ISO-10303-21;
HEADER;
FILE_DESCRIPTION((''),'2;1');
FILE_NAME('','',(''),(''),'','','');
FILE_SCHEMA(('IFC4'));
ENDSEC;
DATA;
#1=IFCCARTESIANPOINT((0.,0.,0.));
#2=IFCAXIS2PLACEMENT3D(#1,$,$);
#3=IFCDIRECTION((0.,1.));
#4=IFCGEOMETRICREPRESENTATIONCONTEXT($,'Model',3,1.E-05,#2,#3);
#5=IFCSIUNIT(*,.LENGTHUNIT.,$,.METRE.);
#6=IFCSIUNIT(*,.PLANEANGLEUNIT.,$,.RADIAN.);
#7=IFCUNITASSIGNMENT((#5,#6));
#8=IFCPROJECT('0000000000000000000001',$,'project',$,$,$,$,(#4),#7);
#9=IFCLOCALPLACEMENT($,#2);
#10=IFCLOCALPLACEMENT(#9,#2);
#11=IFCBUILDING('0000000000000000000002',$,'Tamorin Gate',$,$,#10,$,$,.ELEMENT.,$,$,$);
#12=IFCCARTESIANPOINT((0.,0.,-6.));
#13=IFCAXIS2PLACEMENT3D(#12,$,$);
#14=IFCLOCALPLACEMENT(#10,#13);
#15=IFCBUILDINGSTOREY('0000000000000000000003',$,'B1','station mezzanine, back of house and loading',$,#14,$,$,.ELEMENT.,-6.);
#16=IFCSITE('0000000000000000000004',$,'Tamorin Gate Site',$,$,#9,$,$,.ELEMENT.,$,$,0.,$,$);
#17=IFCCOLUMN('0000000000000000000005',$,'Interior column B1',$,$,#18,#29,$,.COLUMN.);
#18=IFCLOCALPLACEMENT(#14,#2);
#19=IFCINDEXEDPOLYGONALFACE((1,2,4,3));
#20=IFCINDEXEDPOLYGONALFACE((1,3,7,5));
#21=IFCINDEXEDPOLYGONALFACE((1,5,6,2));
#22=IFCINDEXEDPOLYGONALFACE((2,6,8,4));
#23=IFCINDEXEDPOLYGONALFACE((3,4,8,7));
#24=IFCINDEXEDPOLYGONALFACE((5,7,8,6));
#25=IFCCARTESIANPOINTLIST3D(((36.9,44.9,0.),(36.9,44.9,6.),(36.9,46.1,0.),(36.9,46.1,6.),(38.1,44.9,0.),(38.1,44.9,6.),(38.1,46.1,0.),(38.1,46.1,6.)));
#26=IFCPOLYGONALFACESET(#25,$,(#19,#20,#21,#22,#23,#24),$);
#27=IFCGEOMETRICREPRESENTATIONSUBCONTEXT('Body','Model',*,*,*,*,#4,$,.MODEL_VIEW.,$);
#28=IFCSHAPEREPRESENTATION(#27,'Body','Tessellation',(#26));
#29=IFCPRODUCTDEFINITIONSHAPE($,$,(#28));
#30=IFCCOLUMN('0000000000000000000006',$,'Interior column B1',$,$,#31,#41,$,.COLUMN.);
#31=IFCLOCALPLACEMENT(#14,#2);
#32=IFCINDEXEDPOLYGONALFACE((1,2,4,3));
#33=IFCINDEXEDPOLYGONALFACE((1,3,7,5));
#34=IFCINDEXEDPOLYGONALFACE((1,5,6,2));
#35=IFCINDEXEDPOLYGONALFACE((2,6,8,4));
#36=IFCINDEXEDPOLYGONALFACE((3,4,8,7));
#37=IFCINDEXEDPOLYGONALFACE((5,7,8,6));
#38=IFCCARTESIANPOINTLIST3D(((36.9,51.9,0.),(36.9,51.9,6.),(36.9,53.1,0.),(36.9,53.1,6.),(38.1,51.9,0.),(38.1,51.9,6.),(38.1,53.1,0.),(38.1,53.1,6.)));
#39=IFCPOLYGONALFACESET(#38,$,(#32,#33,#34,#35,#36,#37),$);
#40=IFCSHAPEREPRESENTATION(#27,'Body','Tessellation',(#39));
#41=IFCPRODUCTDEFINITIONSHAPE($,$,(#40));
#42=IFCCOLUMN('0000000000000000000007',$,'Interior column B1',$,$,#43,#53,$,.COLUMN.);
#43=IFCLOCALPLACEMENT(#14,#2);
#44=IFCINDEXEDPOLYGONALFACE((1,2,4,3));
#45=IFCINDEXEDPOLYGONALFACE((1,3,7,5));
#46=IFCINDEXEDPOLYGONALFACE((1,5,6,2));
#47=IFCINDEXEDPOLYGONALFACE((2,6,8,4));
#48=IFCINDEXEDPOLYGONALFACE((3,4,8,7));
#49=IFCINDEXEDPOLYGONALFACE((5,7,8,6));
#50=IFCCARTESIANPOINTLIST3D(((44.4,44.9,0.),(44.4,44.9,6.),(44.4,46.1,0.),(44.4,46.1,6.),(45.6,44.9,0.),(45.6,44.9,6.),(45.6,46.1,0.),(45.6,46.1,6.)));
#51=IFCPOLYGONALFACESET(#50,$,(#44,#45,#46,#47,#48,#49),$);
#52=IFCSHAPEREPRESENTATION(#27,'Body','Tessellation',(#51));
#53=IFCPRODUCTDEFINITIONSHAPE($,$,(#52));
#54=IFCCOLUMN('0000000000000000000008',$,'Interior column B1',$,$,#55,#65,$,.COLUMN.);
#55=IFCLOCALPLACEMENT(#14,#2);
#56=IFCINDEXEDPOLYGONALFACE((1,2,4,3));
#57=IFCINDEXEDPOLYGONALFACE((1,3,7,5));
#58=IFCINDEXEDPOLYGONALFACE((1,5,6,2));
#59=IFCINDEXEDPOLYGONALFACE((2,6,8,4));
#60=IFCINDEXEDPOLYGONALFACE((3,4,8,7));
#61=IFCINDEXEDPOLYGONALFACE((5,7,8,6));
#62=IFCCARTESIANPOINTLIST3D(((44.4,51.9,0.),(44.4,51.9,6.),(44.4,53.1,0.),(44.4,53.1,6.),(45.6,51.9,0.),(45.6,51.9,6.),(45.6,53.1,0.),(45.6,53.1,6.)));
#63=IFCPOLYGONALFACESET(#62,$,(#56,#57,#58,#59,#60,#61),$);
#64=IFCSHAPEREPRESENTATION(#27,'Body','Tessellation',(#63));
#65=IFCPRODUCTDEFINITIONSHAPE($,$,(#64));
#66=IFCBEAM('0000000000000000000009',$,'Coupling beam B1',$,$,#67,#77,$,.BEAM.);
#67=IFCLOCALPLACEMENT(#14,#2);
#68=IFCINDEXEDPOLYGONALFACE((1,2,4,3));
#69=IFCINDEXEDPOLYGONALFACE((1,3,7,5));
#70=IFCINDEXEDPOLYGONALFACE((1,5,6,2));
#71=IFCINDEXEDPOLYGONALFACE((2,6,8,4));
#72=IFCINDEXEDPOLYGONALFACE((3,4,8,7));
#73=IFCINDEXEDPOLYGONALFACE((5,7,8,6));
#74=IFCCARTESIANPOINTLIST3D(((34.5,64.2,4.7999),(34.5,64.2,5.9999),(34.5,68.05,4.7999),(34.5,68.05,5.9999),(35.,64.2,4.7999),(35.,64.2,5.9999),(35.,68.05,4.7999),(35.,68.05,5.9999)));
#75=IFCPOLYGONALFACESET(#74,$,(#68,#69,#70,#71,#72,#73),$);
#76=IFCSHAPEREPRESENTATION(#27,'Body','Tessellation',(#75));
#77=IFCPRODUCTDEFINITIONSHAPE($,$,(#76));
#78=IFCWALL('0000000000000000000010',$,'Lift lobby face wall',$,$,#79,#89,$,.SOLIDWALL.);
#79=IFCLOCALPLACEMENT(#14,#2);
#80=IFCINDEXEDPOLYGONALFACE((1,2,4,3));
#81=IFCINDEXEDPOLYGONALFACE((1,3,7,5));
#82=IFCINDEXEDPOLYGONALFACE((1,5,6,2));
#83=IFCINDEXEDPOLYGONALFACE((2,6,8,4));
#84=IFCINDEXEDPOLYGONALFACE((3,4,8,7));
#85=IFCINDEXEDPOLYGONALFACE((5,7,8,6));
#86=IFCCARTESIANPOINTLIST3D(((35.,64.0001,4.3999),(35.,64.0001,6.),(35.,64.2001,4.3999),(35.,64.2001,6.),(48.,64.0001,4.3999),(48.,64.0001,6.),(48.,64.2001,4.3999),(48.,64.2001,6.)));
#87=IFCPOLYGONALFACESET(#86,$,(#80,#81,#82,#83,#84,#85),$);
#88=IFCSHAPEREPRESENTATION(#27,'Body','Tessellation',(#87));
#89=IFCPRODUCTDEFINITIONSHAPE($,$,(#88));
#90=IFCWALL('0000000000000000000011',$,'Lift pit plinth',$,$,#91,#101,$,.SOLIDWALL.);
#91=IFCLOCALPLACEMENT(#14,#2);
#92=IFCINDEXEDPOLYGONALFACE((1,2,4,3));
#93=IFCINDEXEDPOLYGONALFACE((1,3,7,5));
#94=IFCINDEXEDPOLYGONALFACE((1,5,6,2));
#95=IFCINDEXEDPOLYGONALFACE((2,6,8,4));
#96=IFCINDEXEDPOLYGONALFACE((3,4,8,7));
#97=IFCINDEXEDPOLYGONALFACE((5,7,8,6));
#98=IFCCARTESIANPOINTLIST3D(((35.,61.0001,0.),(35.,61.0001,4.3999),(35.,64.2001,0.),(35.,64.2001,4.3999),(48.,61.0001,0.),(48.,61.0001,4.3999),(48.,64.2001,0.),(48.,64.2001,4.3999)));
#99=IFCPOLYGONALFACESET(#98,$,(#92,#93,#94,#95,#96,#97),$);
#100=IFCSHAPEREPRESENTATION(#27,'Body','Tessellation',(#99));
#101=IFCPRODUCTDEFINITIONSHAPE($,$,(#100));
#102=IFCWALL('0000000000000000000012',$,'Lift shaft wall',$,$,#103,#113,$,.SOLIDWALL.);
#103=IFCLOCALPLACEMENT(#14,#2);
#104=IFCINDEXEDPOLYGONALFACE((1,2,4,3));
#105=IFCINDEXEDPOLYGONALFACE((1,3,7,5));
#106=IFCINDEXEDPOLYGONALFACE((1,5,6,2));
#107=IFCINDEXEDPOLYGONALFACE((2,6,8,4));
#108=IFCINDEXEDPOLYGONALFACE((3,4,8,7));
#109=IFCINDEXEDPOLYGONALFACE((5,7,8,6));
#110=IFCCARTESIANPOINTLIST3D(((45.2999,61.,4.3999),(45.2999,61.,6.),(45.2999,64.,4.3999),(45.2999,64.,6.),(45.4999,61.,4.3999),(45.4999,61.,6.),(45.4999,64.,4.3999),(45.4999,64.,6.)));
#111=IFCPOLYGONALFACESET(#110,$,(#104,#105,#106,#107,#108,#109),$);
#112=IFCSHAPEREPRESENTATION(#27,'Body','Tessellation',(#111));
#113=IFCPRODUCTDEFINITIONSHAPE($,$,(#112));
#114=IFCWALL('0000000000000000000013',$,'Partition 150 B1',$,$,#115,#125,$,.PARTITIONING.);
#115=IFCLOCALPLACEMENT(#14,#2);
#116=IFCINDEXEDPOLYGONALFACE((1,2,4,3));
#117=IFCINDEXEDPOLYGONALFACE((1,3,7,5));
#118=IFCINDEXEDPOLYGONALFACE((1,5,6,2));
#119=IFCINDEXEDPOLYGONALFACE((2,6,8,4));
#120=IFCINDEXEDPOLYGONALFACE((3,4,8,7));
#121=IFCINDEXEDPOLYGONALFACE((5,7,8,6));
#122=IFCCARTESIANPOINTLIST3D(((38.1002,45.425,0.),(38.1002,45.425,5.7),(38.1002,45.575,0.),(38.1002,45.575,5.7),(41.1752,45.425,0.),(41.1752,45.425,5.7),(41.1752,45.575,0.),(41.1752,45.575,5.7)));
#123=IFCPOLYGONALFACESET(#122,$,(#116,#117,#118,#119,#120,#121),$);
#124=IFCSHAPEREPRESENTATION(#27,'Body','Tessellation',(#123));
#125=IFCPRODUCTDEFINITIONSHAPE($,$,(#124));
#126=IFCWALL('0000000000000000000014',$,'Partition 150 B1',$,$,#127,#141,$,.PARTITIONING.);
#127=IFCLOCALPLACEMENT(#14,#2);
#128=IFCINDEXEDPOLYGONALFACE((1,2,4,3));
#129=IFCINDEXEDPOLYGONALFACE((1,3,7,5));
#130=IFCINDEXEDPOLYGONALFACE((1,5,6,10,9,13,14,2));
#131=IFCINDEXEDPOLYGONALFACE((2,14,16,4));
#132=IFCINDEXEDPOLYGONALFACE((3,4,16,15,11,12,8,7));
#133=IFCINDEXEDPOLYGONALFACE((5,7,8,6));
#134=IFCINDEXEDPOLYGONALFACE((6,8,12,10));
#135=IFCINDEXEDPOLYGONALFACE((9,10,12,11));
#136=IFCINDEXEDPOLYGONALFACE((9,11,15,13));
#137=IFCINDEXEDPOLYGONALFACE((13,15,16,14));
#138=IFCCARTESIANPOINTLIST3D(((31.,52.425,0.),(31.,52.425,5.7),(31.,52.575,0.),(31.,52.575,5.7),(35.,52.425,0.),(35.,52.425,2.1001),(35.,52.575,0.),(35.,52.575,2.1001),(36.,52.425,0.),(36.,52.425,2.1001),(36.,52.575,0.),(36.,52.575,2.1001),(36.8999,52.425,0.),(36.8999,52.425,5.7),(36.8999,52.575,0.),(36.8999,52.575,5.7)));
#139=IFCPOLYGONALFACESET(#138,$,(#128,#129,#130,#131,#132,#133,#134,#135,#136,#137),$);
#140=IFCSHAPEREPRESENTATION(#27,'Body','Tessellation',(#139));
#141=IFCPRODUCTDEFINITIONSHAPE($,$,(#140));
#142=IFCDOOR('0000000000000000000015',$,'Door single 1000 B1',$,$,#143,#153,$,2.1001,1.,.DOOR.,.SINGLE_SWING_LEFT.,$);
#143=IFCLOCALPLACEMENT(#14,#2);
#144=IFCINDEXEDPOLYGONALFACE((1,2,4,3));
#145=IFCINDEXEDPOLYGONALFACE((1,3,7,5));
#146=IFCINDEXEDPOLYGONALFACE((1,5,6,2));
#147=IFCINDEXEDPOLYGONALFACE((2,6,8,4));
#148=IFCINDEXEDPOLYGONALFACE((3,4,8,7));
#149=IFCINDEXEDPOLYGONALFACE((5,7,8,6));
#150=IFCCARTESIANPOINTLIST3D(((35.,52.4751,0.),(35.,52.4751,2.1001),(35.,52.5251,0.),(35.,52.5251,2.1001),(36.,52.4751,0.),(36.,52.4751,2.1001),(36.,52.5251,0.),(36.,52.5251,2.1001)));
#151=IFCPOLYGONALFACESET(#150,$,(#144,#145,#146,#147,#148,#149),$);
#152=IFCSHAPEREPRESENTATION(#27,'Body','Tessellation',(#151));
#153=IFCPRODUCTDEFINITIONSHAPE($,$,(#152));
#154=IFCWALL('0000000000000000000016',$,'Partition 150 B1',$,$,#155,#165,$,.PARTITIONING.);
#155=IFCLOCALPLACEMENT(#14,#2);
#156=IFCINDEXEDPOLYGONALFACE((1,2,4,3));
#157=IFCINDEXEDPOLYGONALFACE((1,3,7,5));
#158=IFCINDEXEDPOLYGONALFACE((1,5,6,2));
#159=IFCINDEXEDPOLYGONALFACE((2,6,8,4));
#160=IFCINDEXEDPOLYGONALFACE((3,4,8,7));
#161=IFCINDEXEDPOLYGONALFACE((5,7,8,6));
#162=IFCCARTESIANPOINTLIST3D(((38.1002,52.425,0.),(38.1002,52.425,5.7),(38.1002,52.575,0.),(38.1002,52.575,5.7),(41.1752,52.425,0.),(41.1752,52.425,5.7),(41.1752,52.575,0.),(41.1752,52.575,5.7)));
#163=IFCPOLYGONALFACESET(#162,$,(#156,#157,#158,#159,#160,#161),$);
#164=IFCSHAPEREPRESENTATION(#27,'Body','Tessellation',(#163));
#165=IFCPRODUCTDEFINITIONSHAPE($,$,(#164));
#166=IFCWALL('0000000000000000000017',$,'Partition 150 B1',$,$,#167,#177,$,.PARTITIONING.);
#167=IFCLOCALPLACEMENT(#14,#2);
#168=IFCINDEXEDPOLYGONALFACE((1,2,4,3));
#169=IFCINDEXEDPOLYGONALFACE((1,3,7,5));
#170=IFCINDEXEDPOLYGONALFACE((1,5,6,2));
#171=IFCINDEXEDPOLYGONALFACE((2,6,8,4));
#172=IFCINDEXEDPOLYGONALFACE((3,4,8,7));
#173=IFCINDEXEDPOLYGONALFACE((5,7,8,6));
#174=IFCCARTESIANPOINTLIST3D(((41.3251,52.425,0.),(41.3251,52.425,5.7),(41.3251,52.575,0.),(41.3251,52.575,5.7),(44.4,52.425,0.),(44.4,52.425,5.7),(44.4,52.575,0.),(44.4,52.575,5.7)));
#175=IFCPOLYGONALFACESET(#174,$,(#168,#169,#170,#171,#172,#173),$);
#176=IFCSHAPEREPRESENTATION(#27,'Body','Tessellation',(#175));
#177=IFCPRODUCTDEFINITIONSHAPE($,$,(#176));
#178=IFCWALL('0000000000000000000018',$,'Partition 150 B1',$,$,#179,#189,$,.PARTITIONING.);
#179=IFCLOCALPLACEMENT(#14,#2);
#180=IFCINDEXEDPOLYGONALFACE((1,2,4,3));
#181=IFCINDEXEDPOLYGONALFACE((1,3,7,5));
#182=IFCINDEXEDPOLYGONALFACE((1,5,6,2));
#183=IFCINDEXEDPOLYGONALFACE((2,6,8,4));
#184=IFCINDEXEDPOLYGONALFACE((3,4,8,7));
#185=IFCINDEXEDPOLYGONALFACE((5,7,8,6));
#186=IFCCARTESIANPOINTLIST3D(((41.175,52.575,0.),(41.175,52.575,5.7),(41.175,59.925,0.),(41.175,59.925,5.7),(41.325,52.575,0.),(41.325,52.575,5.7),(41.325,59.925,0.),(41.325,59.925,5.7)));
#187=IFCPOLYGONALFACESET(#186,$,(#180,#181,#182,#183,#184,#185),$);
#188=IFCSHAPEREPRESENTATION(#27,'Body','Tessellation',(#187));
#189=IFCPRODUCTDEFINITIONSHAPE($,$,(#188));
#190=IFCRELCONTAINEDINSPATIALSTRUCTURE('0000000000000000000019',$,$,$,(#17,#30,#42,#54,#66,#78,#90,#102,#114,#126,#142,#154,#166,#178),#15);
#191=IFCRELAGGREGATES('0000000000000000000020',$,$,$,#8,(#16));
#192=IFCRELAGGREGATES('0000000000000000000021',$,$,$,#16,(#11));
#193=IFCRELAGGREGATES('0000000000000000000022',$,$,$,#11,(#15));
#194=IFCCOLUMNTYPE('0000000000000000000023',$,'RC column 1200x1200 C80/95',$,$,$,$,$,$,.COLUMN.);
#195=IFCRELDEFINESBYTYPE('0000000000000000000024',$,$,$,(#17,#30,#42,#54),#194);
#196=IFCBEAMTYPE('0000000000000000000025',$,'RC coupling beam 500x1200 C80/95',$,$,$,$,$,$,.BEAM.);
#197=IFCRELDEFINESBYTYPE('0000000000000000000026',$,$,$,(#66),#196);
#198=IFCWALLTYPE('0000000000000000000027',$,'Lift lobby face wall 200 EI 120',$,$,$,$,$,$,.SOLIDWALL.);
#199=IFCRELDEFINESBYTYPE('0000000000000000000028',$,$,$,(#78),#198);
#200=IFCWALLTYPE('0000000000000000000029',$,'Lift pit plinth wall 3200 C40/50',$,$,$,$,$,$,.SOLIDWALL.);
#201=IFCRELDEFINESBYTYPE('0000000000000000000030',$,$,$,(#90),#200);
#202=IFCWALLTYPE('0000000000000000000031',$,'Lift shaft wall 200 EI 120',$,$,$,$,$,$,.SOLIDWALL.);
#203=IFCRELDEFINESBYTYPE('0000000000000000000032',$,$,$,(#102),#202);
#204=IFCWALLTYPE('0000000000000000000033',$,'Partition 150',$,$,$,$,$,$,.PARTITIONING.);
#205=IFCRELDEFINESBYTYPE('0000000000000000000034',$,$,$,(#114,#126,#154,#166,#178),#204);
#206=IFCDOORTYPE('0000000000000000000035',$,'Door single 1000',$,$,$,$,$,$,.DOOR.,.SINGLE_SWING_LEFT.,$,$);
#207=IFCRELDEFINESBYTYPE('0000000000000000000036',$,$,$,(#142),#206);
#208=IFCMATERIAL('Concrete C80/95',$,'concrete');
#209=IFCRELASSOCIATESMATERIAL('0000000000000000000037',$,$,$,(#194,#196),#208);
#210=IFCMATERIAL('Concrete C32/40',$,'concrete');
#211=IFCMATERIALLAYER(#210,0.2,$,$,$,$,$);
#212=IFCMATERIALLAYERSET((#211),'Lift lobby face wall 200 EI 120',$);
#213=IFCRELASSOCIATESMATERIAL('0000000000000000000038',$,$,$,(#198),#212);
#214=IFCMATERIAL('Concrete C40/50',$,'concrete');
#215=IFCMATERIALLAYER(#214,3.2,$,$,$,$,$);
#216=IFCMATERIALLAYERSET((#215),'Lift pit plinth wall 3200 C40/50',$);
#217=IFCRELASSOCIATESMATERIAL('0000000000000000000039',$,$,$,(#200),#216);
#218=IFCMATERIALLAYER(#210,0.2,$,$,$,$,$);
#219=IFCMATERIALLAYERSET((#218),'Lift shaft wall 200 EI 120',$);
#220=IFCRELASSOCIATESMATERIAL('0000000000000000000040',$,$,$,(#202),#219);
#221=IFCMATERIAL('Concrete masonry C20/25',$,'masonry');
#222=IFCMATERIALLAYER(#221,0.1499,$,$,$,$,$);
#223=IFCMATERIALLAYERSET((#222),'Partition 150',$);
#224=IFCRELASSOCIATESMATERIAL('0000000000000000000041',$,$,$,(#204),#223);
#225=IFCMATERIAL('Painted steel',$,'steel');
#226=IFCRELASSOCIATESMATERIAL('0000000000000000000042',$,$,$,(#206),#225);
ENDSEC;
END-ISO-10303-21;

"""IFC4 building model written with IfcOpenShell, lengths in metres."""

from ifc_helpers import new_model, si_unit, direction, frame, frame_2d, origin, origin_2d, place, context, subcontext, project, spatial, rectangle, extrude, material, layer, layer_set, material_profile, profile_set, type_object, element, fill, save


model = new_model("IFC4")

# Units and contexts
model_context = context("Model", 3, precision=1e-05, world=origin(), true_north=direction((0.0, 1.0)))
body_context = subcontext(model_context, "Body", "Model", "MODEL_VIEW")
ifc_project = project(units=[si_unit("LENGTHUNIT", "METRE"), si_unit("PLANEANGLEUNIT", "RADIAN")], contexts=[model_context])

# Site, building, storey
site_placement = place(None, origin())
site = spatial("IfcSite", under=ifc_project, at=site_placement, Name="Tamorin Gate Site", CompositionType="ELEMENT", RefElevation=0.0)
building_placement = place(site_placement, origin())
building = spatial("IfcBuilding", under=site, at=building_placement, Name="Tamorin Gate", CompositionType="ELEMENT")
storey_placement = place(building_placement, frame((0.0, 0.0, -6.0)))
storey = spatial("IfcBuildingStorey", under=building, at=storey_placement, Name="B1", Description="station mezzanine, back of house and loading", CompositionType="ELEMENT", Elevation=-6.0)

# Columns
ifc_material_1 = material(Name="Concrete C80/95", Category="concrete")
ifc_material_profile_1 = material_profile(ifc_material_1, rectangle(XDim=1.2, YDim=1.2, at=origin_2d()), Name="RC 1200x1200")
ifc_profile_set_1 = profile_set([ifc_material_profile_1], Name="Concrete C80/95")
column_type = type_object("IfcColumnType", Name="RC column 1200x1200 C80/95", PredefinedType="COLUMN", material=ifc_profile_set_1)
for number, where, z_axis, x_axis, name in (
    (1, (37.5, 45.5, 0.0), (0.0, 0.0, 1.0), (1.0, 0.0, 0.0), "Interior column B1"),
    (2, (37.5, 52.5, 0.0), (0.0, 0.0, 1.0), (1.0, 0.0, 0.0), "Interior column B1"),
    (3, (45.0, 45.5, 0.0), (0.0, 0.0, 1.0), (1.0, 0.0, 0.0), "Interior column B1"),
    (4, (45.0, 52.5, 0.0), (0.0, 0.0, 1.0), (1.0, 0.0, 0.0), "Interior column B1"),
):
    element("IfcColumn", number, at=place(storey_placement, frame(where, z_axis=z_axis, x_axis=x_axis)), inside=storey, type_object=column_type, Name=name, PredefinedType="COLUMN", context=body_context, shape_type="SweptSolid", body=[
        extrude(rectangle(XDim=1.2, YDim=1.2, at=origin_2d()), origin(), (0.0, 0.0, 1.0), 6.0),
    ])

# Beam
ifc_material_profile_2 = material_profile(ifc_material_1, rectangle(XDim=0.5, YDim=1.2, at=origin_2d()), Name="RC 500x1200")
ifc_profile_set_2 = profile_set([ifc_material_profile_2], Name="Concrete C80/95")
beam_type = type_object("IfcBeamType", Name="RC coupling beam 500x1200 C80/95", PredefinedType="BEAM", material=ifc_profile_set_2)
beam_placement = place(storey_placement, frame((34.75, 64.2, 5.3999), z_axis=(0.0, 1.0, 0.0), x_axis=(-1.0, 0.0, 0.0)))
element("IfcBeam", 5, at=beam_placement, inside=storey, type_object=beam_type, Name="Coupling beam B1", PredefinedType="BEAM", context=body_context, shape_type="SweptSolid", body=[
    extrude(rectangle(XDim=0.5, YDim=1.2, at=origin_2d()), origin(), (0.0, 0.0, 1.0), 3.8501),
])

# Walls
ifc_material_2 = material(Name="Concrete C32/40", Category="concrete")
ifc_layer_1 = layer(ifc_material_2, 0.2)
ifc_layer_set_1 = layer_set([ifc_layer_1], Name="Lift lobby face wall 200 EI 120")
wall_type_1 = type_object("IfcWallType", Name="Lift lobby face wall 200 EI 120", PredefinedType="SOLIDWALL", material=ifc_layer_set_1)
wall_1_placement = place(storey_placement, frame((35.0, 64.1001, 4.3999), z_axis=(0.0, 0.0, 1.0), x_axis=(1.0, 0.0, 0.0)))
element("IfcWall", 6, at=wall_1_placement, inside=storey, type_object=wall_type_1, Name="Lift lobby face wall", PredefinedType="SOLIDWALL", context=body_context, shape_type="SweptSolid", body=[
    extrude(rectangle(XDim=13.0, YDim=0.2, at=frame_2d((6.5, 0.0))), origin(), (0.0, 0.0, 1.0), 1.6001),
])
ifc_material_3 = material(Name="Concrete C40/50", Category="concrete")
ifc_layer_2 = layer(ifc_material_3, 3.2)
ifc_layer_set_2 = layer_set([ifc_layer_2], Name="Lift pit plinth wall 3200 C40/50")
wall_type_2 = type_object("IfcWallType", Name="Lift pit plinth wall 3200 C40/50", PredefinedType="SOLIDWALL", material=ifc_layer_set_2)
wall_2_placement = place(storey_placement, frame((35.0, 62.6001, 0.0), z_axis=(0.0, 0.0, 1.0), x_axis=(1.0, 0.0, 0.0)))
element("IfcWall", 7, at=wall_2_placement, inside=storey, type_object=wall_type_2, Name="Lift pit plinth", PredefinedType="SOLIDWALL", context=body_context, shape_type="SweptSolid", body=[
    extrude(rectangle(XDim=13.0, YDim=3.2, at=frame_2d((6.5, 0.0))), origin(), (0.0, 0.0, 1.0), 4.3999),
])
ifc_layer_3 = layer(ifc_material_2, 0.2)
ifc_layer_set_3 = layer_set([ifc_layer_3], Name="Lift shaft wall 200 EI 120")
wall_type_3 = type_object("IfcWallType", Name="Lift shaft wall 200 EI 120", PredefinedType="SOLIDWALL", material=ifc_layer_set_3)
wall_3_placement = place(storey_placement, frame((45.3999, 61.0, 4.3999), z_axis=(0.0, 0.0, 1.0), x_axis=(0.0, 1.0, 0.0)))
element("IfcWall", 8, at=wall_3_placement, inside=storey, type_object=wall_type_3, Name="Lift shaft wall", PredefinedType="SOLIDWALL", context=body_context, shape_type="SweptSolid", body=[
    extrude(rectangle(XDim=3.0, YDim=0.2, at=frame_2d((1.5, 0.0))), origin(), (0.0, 0.0, 1.0), 1.6001),
])
ifc_material_4 = material(Name="Concrete masonry C20/25", Category="masonry")
ifc_layer_4 = layer(ifc_material_4, 0.1499)
ifc_layer_set_4 = layer_set([ifc_layer_4], Name="Partition 150")
wall_type_4 = type_object("IfcWallType", Name="Partition 150", PredefinedType="PARTITIONING", material=ifc_layer_set_4)
wall_4_placement = place(storey_placement, frame((38.1001, 45.5, 0.0), z_axis=(0.0, 0.0, 1.0), x_axis=(1.0, 0.0, 0.0)))
element("IfcWall", 9, at=wall_4_placement, inside=storey, type_object=wall_type_4, Name="Partition 150 B1", PredefinedType="PARTITIONING", context=body_context, shape_type="SweptSolid", body=[
    extrude(rectangle(XDim=3.075, YDim=0.1499, at=frame_2d((1.5376, 0.0))), origin(), (0.0, 0.0, 1.0), 5.7),
])

# Wall, opening, door
wall_5_placement = place(storey_placement, frame((36.8999, 52.5, 0.0), z_axis=(0.0, 0.0, 1.0), x_axis=(-1.0, 0.0, 0.0)))
wall_5 = element("IfcWall", 10, at=wall_5_placement, inside=storey, type_object=wall_type_4, Name="Partition 150 B1", PredefinedType="PARTITIONING", context=body_context, shape_type="SweptSolid", body=[
    extrude(rectangle(XDim=5.8999, YDim=0.1499, at=frame_2d((2.95, 0.0))), origin(), (0.0, 0.0, 1.0), 5.7),
])
opening_1_placement = place(wall_5_placement, frame((0.8999, 0.0, 0.0)))
opening_1 = element("IfcOpeningElement", 11, at=opening_1_placement, cuts=wall_5, PredefinedType="OPENING", context=body_context, shape_type="SweptSolid", body=[
    extrude(rectangle(XDim=1.0, YDim=2.1001, at=frame_2d((0.5, 1.05))), frame((0.0, 0.085, 0.0), z_axis=(0.0, -1.0, 0.0), x_axis=(1.0, 0.0, 0.0)), (0.0, 0.0, 1.0), 0.1699),
])
ifc_material_5 = material(Name="Painted steel", Category="steel")
door_type_1 = type_object("IfcDoorType", Name="Door single 1000", OperationType="SINGLE_SWING_LEFT", PredefinedType="DOOR", material=ifc_material_5)
door_1_placement = place(opening_1_placement, origin())
door_1 = element("IfcDoor", 12, at=door_1_placement, inside=storey, type_object=door_type_1, Name="Door single 1000 B1", OperationType="SINGLE_SWING_LEFT", OverallHeight=2.1001, OverallWidth=1.0, PredefinedType="DOOR", context=body_context, shape_type="SweptSolid", body=[
    extrude(rectangle(XDim=1.0, YDim=2.1001, at=frame_2d((0.5, 1.05))), frame((0.0, 0.0249, 0.0), z_axis=(0.0, -1.0, 0.0), x_axis=(1.0, 0.0, 0.0)), (0.0, 0.0, 1.0), 0.05),
])
fill(opening_1, door_1)

# Walls
for number, where, z_axis, x_axis, name in (
    (13, (38.1001, 52.5, 0.0), (0.0, 0.0, 1.0), (1.0, 0.0, 0.0), "Partition 150 B1"),
    (14, (41.325, 52.5, 0.0), (0.0, 0.0, 1.0), (1.0, 0.0, 0.0), "Partition 150 B1"),
):
    element("IfcWall", number, at=place(storey_placement, frame(where, z_axis=z_axis, x_axis=x_axis)), inside=storey, type_object=wall_type_4, Name=name, PredefinedType="PARTITIONING", context=body_context, shape_type="SweptSolid", body=[
        extrude(rectangle(XDim=3.075, YDim=0.1499, at=frame_2d((1.5376, 0.0))), origin(), (0.0, 0.0, 1.0), 5.7),
    ])
wall_6_placement = place(storey_placement, frame((41.25, 52.575, 0.0), z_axis=(0.0, 0.0, 1.0), x_axis=(0.0, 1.0, 0.0)))
element("IfcWall", 15, at=wall_6_placement, inside=storey, type_object=wall_type_4, Name="Partition 150 B1", PredefinedType="PARTITIONING", context=body_context, shape_type="SweptSolid", body=[
    extrude(rectangle(XDim=7.3501, YDim=0.1499, at=frame_2d((3.675, 0.0))), origin(), (0.0, 0.0, 1.0), 5.7),
])

save(model, "model.ifc")
